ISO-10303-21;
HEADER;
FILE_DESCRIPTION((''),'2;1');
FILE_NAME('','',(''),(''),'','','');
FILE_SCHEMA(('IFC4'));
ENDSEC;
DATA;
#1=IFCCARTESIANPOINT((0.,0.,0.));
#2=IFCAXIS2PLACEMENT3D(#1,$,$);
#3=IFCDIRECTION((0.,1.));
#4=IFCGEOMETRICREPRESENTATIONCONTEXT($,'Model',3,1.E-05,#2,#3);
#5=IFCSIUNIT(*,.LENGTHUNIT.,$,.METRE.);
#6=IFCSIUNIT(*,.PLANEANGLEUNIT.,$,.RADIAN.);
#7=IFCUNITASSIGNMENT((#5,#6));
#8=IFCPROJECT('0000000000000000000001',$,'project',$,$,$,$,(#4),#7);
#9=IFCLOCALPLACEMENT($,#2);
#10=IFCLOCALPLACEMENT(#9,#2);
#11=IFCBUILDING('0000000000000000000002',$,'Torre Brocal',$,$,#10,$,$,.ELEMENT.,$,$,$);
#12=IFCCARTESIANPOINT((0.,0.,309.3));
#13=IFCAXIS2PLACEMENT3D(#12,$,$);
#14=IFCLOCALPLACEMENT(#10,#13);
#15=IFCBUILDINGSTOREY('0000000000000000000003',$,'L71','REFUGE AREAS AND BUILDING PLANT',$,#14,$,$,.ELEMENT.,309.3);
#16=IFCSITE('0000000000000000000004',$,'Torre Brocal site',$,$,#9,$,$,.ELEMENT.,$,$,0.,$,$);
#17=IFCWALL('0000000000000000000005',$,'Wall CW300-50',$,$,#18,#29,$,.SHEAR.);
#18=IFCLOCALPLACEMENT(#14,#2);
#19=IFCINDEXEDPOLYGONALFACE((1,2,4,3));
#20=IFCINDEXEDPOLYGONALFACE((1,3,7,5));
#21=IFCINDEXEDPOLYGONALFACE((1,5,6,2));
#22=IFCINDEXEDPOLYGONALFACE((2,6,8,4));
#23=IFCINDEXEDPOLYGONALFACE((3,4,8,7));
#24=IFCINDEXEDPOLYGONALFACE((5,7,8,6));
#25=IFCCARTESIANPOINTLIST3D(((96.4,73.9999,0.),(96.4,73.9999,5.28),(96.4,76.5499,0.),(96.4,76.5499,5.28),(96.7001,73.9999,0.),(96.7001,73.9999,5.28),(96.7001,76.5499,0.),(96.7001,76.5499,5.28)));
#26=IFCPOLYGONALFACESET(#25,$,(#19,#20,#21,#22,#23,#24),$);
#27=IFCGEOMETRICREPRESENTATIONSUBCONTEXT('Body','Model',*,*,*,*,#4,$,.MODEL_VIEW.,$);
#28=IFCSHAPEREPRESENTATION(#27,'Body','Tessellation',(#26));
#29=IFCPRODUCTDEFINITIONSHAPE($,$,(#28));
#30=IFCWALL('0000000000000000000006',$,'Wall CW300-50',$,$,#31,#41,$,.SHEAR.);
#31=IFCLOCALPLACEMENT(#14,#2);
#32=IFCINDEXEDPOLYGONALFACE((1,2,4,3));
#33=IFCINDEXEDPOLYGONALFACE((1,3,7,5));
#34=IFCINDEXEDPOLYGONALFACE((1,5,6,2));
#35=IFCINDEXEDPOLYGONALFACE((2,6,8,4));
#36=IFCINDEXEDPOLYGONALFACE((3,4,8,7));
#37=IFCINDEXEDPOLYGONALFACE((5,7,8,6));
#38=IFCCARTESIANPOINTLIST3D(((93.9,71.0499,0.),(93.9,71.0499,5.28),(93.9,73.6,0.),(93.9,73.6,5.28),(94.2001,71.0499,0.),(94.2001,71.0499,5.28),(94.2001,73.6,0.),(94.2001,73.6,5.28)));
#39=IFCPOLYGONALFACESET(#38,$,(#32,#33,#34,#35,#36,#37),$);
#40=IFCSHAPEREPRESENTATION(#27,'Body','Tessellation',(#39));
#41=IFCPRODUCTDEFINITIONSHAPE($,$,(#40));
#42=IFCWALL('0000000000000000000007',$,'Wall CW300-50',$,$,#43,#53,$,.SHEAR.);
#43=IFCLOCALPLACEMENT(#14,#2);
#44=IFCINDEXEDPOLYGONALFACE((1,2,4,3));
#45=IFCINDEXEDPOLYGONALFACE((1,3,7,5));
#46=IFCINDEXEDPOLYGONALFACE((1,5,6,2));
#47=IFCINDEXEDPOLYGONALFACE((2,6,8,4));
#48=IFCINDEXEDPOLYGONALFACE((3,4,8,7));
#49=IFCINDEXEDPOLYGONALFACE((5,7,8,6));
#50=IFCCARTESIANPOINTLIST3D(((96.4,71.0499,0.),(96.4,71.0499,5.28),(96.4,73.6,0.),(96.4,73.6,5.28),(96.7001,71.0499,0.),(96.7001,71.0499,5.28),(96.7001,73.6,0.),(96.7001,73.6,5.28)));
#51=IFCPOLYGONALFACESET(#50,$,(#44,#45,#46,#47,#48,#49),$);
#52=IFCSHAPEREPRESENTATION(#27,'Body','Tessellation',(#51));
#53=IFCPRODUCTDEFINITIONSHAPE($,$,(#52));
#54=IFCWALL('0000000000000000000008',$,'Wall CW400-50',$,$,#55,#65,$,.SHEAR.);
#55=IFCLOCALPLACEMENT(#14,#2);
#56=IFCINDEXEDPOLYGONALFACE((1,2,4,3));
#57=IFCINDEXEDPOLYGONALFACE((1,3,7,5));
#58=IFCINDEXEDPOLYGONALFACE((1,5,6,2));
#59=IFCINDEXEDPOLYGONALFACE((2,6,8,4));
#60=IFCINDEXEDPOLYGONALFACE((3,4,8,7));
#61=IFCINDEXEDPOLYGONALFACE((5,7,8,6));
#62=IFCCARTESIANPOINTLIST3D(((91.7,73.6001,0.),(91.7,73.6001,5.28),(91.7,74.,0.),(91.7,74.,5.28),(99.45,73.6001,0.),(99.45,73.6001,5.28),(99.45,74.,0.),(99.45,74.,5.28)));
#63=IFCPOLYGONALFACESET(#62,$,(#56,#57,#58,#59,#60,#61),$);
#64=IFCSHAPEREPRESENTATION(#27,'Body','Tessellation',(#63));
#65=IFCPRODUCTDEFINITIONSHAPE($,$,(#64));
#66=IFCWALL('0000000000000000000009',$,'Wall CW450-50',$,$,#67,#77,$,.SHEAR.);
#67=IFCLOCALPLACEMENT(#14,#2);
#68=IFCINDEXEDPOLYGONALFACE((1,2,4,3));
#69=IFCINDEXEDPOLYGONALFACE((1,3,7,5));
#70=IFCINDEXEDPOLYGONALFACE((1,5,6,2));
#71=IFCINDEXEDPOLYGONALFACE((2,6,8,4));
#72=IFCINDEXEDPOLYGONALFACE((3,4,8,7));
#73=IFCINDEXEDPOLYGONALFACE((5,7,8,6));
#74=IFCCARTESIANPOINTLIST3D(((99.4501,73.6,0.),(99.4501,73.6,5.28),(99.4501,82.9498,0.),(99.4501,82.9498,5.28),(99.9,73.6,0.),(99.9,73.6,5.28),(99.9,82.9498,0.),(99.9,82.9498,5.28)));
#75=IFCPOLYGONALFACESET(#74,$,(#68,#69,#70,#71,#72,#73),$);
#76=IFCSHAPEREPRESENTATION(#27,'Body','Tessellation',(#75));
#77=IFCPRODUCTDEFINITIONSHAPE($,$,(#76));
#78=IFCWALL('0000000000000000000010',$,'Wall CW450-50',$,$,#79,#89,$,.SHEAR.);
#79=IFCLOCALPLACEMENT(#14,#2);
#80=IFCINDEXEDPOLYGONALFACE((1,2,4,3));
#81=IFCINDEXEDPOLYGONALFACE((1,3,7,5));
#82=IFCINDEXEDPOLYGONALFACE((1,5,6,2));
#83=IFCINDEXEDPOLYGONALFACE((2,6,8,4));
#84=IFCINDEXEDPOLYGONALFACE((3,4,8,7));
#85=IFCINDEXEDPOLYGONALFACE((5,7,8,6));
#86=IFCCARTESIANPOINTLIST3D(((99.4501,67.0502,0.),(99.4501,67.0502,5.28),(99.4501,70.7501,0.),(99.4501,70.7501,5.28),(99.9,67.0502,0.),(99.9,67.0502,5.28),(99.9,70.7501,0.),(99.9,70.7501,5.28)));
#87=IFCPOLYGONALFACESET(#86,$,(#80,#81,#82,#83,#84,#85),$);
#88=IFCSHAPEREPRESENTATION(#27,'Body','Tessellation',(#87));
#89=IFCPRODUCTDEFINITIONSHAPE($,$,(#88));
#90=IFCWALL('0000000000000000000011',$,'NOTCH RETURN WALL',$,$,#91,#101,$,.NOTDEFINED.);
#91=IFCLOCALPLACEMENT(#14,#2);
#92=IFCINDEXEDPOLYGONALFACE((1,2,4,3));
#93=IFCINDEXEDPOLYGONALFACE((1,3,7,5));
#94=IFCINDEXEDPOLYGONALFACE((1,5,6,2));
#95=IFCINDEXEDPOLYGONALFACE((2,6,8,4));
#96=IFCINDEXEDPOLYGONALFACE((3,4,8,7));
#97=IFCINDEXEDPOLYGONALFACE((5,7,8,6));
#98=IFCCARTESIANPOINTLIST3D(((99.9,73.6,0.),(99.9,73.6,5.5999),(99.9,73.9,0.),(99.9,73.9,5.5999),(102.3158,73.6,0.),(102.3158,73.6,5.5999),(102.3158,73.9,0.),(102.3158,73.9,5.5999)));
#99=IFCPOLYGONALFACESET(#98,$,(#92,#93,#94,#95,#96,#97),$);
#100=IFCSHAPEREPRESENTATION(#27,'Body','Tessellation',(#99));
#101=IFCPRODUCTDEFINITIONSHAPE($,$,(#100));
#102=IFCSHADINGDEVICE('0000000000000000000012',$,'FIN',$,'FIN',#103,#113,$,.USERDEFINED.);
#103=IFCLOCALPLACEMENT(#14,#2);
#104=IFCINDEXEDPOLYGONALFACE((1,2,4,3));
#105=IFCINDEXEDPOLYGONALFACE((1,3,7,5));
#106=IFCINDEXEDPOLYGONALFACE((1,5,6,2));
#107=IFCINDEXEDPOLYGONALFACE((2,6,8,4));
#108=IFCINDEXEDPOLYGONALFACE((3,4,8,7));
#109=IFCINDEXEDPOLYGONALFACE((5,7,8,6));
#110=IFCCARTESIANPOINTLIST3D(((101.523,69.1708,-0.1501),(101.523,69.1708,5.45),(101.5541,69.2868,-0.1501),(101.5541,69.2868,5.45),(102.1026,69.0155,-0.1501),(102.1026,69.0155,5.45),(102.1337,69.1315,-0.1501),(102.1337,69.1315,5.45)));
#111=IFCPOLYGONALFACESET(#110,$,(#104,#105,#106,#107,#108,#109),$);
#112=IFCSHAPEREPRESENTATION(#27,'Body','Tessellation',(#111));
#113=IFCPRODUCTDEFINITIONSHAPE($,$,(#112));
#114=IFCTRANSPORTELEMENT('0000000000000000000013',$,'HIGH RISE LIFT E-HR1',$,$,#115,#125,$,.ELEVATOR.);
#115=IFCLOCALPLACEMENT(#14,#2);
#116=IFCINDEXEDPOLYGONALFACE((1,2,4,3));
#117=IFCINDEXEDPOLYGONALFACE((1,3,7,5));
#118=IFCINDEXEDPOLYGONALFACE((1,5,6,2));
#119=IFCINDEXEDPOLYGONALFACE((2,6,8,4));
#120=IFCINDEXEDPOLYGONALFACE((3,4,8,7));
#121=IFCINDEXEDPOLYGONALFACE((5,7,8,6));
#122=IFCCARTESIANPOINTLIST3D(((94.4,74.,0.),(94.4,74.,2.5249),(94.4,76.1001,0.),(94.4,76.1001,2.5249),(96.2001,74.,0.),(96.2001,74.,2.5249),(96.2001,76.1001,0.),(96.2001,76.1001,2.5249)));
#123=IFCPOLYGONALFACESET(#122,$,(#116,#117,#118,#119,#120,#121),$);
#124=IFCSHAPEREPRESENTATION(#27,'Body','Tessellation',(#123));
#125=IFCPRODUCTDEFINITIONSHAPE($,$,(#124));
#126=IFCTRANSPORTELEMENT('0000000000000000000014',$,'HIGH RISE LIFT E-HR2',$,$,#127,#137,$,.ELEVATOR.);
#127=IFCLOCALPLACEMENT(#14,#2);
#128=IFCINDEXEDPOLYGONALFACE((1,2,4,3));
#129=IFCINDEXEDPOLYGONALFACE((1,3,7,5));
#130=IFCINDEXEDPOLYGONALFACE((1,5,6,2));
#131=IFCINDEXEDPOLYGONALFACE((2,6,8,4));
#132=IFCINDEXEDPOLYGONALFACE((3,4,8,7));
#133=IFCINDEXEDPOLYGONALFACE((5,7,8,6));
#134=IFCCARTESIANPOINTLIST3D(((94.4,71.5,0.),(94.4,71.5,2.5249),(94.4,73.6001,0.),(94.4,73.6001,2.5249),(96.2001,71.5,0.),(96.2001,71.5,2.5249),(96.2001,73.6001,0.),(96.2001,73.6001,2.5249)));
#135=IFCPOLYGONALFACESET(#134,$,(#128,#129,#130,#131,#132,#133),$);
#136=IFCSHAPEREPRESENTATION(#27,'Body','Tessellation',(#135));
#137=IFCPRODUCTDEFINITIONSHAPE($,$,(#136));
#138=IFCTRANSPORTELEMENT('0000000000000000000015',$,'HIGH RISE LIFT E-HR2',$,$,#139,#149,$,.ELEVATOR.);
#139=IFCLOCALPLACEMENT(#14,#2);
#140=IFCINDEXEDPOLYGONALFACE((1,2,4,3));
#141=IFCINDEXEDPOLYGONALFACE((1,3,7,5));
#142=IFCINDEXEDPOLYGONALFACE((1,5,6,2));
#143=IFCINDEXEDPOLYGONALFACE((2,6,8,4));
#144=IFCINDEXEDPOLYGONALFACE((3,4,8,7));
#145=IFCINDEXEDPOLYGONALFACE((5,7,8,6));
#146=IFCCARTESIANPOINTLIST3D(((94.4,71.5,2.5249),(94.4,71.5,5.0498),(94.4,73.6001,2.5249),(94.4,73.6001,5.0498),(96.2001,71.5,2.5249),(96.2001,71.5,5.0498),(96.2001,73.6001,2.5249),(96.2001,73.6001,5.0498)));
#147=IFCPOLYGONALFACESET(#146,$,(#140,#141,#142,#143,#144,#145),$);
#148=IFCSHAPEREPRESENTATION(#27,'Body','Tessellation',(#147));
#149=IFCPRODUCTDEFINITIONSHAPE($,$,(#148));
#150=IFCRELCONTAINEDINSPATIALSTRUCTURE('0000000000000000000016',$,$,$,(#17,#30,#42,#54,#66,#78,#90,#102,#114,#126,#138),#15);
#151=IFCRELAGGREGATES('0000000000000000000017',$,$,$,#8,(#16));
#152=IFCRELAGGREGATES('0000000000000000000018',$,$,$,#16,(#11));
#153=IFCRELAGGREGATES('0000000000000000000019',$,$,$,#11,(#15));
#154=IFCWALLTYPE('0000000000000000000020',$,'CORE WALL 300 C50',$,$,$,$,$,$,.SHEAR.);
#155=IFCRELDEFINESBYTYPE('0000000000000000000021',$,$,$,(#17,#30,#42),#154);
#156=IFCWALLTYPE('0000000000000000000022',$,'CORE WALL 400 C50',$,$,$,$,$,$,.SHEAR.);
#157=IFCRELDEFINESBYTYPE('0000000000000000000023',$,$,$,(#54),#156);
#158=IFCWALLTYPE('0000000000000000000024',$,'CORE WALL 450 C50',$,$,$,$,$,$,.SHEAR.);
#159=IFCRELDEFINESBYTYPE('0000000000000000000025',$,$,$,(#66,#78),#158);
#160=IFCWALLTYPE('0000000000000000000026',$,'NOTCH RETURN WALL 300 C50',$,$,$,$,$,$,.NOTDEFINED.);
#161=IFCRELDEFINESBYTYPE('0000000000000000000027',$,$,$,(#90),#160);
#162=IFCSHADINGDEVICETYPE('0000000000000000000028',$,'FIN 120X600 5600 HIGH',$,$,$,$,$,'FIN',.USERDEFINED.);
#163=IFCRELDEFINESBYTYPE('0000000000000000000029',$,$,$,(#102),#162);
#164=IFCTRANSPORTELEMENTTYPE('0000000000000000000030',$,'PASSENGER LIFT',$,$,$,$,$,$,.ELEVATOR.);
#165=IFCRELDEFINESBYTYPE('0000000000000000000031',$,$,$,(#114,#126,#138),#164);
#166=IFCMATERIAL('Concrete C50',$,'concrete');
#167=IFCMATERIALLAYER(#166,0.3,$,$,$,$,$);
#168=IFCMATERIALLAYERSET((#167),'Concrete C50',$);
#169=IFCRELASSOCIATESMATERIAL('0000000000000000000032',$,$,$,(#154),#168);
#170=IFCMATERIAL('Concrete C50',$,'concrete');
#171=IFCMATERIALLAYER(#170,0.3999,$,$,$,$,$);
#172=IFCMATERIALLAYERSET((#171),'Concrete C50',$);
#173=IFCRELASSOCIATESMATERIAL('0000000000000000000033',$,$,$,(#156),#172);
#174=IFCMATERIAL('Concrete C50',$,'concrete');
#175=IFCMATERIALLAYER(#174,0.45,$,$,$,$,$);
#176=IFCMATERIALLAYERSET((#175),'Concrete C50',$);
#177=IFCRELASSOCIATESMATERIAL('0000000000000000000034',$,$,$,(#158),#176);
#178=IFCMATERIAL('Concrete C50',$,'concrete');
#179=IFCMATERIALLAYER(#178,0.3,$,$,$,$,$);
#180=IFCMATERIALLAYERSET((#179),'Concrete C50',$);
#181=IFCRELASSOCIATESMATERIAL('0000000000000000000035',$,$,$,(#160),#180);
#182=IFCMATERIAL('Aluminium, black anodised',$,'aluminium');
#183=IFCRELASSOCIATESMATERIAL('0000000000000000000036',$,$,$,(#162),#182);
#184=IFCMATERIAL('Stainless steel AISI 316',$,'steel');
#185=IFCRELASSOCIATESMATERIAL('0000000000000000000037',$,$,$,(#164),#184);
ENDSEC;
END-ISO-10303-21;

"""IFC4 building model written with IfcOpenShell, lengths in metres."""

from ifc_helpers import new_model, si_unit, direction, frame, frame_2d, origin, origin_2d, place, context, subcontext, project, spatial, rectangle, extrude, material, layer, layer_set, material_profile, profile_set, type_object, element, save


model = new_model("IFC4")

# Units and contexts
model_context = context("Model", 3, precision=1e-05, world=origin(), true_north=direction((0.0, 1.0)))
body_context = subcontext(model_context, "Body", "Model", "MODEL_VIEW")
ifc_project = project(units=[si_unit("LENGTHUNIT", "METRE"), si_unit("PLANEANGLEUNIT", "RADIAN")], contexts=[model_context])

# Site, building, storey
site_placement = place(None, origin())
site = spatial("IfcSite", under=ifc_project, at=site_placement, Name="Torre Brocal site", CompositionType="ELEMENT", RefElevation=0.0)
building_placement = place(site_placement, origin())
building = spatial("IfcBuilding", under=site, at=building_placement, Name="Torre Brocal", CompositionType="ELEMENT")
storey_placement = place(building_placement, frame((0.0, 0.0, 309.3)))
storey = spatial("IfcBuildingStorey", under=building, at=storey_placement, Name="L71", Description="REFUGE AREAS AND BUILDING PLANT", CompositionType="ELEMENT", Elevation=309.3)

# Shared definitions
ifc_material_1 = material(Name="Concrete C50", Category="concrete")
ifc_layer_1 = layer(ifc_material_1, 0.3)
ifc_layer_set_1 = layer_set([ifc_layer_1], Name="Concrete C50")
wall_type_1 = type_object("IfcWallType", Name="CORE WALL 300 C50", PredefinedType="SHEAR", material=ifc_layer_set_1)

# Walls
for number, where, z_axis, x_axis, name in (
    (1, (96.55, 74.0, 0.0), (0.0, 0.0, 1.0), (0.0, 1.0, 0.0), "Wall CW300-50"),
    (2, (94.05, 71.05, 0.0), (0.0, 0.0, 1.0), (0.0, 1.0, 0.0), "Wall CW300-50"),
    (3, (96.55, 71.05, 0.0), (0.0, 0.0, 1.0), (0.0, 1.0, 0.0), "Wall CW300-50"),
):
    element("IfcWall", number, at=place(storey_placement, frame(where, z_axis=z_axis, x_axis=x_axis)), inside=storey, type_object=wall_type_1, Name=name, PredefinedType="SHEAR", context=body_context, shape_type="SweptSolid", body=[
        extrude(rectangle(XDim=2.55, YDim=0.3, at=frame_2d((1.2749, 0.0))), origin(), (0.0, 0.0, 1.0), 5.28),
    ])
ifc_material_2 = material(Name="Concrete C50", Category="concrete")
ifc_layer_2 = layer(ifc_material_2, 0.3999)
ifc_layer_set_2 = layer_set([ifc_layer_2], Name="Concrete C50")
wall_type_2 = type_object("IfcWallType", Name="CORE WALL 400 C50", PredefinedType="SHEAR", material=ifc_layer_set_2)
wall_1_placement = place(storey_placement, frame((91.7, 73.8, 0.0), z_axis=(0.0, 0.0, 1.0), x_axis=(1.0, 0.0, 0.0)))
element("IfcWall", 4, at=wall_1_placement, inside=storey, type_object=wall_type_2, Name="Wall CW400-50", PredefinedType="SHEAR", context=body_context, shape_type="SweptSolid", body=[
    extrude(rectangle(XDim=7.75, YDim=0.3999, at=frame_2d((3.875, 0.0))), origin(), (0.0, 0.0, 1.0), 5.28),
])
ifc_material_3 = material(Name="Concrete C50", Category="concrete")
ifc_layer_3 = layer(ifc_material_3, 0.45)
ifc_layer_set_3 = layer_set([ifc_layer_3], Name="Concrete C50")
wall_type_3 = type_object("IfcWallType", Name="CORE WALL 450 C50", PredefinedType="SHEAR", material=ifc_layer_set_3)
wall_2_placement = place(storey_placement, frame((99.675, 73.6001, 0.0), z_axis=(0.0, 0.0, 1.0), x_axis=(0.0, 1.0, 0.0)))
element("IfcWall", 5, at=wall_2_placement, inside=storey, type_object=wall_type_3, Name="Wall CW450-50", PredefinedType="SHEAR", context=body_context, shape_type="SweptSolid", body=[
    extrude(rectangle(XDim=9.3499, YDim=0.45, at=frame_2d((4.6748, 0.0))), origin(), (0.0, 0.0, 1.0), 5.28),
])
wall_3_placement = place(storey_placement, frame((99.675, 67.05, 0.0), z_axis=(0.0, 0.0, 1.0), x_axis=(0.0, 1.0, 0.0)))
element("IfcWall", 6, at=wall_3_placement, inside=storey, type_object=wall_type_3, Name="Wall CW450-50", PredefinedType="SHEAR", context=body_context, shape_type="SweptSolid", body=[
    extrude(rectangle(XDim=3.7, YDim=0.45, at=frame_2d((1.8501, 0.0))), origin(), (0.0, 0.0, 1.0), 5.28),
])
ifc_material_4 = material(Name="Concrete C50", Category="concrete")
ifc_layer_4 = layer(ifc_material_4, 0.3)
ifc_layer_set_4 = layer_set([ifc_layer_4], Name="Concrete C50")
wall_type_4 = type_object("IfcWallType", Name="NOTCH RETURN WALL 300 C50", PredefinedType="NOTDEFINED", material=ifc_layer_set_4)
wall_4_placement = place(storey_placement, frame((99.8999, 73.75, 0.0), z_axis=(0.0, 0.0, 1.0), x_axis=(1.0, 0.0, 0.0)))
element("IfcWall", 7, at=wall_4_placement, inside=storey, type_object=wall_type_4, Name="NOTCH RETURN WALL", PredefinedType="NOTDEFINED", context=body_context, shape_type="SweptSolid", body=[
    extrude(rectangle(XDim=2.4158, YDim=0.3, at=frame_2d((1.208, 0.0))), origin(), (0.0, 0.0, 1.0), 5.5999),
])

# Shading device
ifc_material_5 = material(Name="Aluminium, black anodised", Category="aluminium")
ifc_material_profile_1 = material_profile(ifc_material_5, rectangle(XDim=0.1201, YDim=0.6001, at=origin_2d()), Name="FIN 120X600 5600 HIGH")
ifc_profile_set_1 = profile_set([ifc_material_profile_1], Name="Aluminium, black anodised")
shading_device_type = type_object("IfcShadingDeviceType", Name="FIN 120X600 5600 HIGH", ElementType="FIN", PredefinedType="USERDEFINED", material=ifc_profile_set_1)
shading_device_placement = place(storey_placement, frame((101.8284, 69.1511, -0.1501), z_axis=(0.0, 0.0, 1.0), x_axis=(0.258819, 0.965926, 0.0)))
element("IfcShadingDevice", 8, at=shading_device_placement, inside=storey, type_object=shading_device_type, Name="FIN", ObjectType="FIN", PredefinedType="USERDEFINED", context=body_context, shape_type="SweptSolid", body=[
    extrude(rectangle(XDim=0.1201, YDim=0.6001, at=origin_2d()), origin(), (0.0, 0.0, 1.0), 5.6001),
])

# Transport elements
ifc_material_6 = material(Name="Stainless steel AISI 316", Category="steel")
transport_element_type = type_object("IfcTransportElementType", Name="PASSENGER LIFT", PredefinedType="ELEVATOR", material=ifc_material_6)
for number, where, z_axis, x_axis, name in (
    (9, (95.3, 75.05, 0.0), (0.0, 0.0, 1.0), (1.0, 0.0, 0.0), "HIGH RISE LIFT E-HR1"),
    (10, (95.3, 72.55, 0.0), (0.0, 0.0, 1.0), (1.0, 0.0, 0.0), "HIGH RISE LIFT E-HR2"),
    (11, (95.3, 72.55, 2.5249), (0.0, 0.0, 1.0), (1.0, 0.0, 0.0), "HIGH RISE LIFT E-HR2"),
):
    element("IfcTransportElement", number, at=place(storey_placement, frame(where, z_axis=z_axis, x_axis=x_axis)), inside=storey, type_object=transport_element_type, Name=name, PredefinedType="ELEVATOR", context=body_context, shape_type="SweptSolid", body=[
        extrude(rectangle(XDim=1.8, YDim=2.1001, at=origin_2d()), origin(), (0.0, 0.0, 1.0), 2.5249),
    ])

save(model, "model.ifc")
